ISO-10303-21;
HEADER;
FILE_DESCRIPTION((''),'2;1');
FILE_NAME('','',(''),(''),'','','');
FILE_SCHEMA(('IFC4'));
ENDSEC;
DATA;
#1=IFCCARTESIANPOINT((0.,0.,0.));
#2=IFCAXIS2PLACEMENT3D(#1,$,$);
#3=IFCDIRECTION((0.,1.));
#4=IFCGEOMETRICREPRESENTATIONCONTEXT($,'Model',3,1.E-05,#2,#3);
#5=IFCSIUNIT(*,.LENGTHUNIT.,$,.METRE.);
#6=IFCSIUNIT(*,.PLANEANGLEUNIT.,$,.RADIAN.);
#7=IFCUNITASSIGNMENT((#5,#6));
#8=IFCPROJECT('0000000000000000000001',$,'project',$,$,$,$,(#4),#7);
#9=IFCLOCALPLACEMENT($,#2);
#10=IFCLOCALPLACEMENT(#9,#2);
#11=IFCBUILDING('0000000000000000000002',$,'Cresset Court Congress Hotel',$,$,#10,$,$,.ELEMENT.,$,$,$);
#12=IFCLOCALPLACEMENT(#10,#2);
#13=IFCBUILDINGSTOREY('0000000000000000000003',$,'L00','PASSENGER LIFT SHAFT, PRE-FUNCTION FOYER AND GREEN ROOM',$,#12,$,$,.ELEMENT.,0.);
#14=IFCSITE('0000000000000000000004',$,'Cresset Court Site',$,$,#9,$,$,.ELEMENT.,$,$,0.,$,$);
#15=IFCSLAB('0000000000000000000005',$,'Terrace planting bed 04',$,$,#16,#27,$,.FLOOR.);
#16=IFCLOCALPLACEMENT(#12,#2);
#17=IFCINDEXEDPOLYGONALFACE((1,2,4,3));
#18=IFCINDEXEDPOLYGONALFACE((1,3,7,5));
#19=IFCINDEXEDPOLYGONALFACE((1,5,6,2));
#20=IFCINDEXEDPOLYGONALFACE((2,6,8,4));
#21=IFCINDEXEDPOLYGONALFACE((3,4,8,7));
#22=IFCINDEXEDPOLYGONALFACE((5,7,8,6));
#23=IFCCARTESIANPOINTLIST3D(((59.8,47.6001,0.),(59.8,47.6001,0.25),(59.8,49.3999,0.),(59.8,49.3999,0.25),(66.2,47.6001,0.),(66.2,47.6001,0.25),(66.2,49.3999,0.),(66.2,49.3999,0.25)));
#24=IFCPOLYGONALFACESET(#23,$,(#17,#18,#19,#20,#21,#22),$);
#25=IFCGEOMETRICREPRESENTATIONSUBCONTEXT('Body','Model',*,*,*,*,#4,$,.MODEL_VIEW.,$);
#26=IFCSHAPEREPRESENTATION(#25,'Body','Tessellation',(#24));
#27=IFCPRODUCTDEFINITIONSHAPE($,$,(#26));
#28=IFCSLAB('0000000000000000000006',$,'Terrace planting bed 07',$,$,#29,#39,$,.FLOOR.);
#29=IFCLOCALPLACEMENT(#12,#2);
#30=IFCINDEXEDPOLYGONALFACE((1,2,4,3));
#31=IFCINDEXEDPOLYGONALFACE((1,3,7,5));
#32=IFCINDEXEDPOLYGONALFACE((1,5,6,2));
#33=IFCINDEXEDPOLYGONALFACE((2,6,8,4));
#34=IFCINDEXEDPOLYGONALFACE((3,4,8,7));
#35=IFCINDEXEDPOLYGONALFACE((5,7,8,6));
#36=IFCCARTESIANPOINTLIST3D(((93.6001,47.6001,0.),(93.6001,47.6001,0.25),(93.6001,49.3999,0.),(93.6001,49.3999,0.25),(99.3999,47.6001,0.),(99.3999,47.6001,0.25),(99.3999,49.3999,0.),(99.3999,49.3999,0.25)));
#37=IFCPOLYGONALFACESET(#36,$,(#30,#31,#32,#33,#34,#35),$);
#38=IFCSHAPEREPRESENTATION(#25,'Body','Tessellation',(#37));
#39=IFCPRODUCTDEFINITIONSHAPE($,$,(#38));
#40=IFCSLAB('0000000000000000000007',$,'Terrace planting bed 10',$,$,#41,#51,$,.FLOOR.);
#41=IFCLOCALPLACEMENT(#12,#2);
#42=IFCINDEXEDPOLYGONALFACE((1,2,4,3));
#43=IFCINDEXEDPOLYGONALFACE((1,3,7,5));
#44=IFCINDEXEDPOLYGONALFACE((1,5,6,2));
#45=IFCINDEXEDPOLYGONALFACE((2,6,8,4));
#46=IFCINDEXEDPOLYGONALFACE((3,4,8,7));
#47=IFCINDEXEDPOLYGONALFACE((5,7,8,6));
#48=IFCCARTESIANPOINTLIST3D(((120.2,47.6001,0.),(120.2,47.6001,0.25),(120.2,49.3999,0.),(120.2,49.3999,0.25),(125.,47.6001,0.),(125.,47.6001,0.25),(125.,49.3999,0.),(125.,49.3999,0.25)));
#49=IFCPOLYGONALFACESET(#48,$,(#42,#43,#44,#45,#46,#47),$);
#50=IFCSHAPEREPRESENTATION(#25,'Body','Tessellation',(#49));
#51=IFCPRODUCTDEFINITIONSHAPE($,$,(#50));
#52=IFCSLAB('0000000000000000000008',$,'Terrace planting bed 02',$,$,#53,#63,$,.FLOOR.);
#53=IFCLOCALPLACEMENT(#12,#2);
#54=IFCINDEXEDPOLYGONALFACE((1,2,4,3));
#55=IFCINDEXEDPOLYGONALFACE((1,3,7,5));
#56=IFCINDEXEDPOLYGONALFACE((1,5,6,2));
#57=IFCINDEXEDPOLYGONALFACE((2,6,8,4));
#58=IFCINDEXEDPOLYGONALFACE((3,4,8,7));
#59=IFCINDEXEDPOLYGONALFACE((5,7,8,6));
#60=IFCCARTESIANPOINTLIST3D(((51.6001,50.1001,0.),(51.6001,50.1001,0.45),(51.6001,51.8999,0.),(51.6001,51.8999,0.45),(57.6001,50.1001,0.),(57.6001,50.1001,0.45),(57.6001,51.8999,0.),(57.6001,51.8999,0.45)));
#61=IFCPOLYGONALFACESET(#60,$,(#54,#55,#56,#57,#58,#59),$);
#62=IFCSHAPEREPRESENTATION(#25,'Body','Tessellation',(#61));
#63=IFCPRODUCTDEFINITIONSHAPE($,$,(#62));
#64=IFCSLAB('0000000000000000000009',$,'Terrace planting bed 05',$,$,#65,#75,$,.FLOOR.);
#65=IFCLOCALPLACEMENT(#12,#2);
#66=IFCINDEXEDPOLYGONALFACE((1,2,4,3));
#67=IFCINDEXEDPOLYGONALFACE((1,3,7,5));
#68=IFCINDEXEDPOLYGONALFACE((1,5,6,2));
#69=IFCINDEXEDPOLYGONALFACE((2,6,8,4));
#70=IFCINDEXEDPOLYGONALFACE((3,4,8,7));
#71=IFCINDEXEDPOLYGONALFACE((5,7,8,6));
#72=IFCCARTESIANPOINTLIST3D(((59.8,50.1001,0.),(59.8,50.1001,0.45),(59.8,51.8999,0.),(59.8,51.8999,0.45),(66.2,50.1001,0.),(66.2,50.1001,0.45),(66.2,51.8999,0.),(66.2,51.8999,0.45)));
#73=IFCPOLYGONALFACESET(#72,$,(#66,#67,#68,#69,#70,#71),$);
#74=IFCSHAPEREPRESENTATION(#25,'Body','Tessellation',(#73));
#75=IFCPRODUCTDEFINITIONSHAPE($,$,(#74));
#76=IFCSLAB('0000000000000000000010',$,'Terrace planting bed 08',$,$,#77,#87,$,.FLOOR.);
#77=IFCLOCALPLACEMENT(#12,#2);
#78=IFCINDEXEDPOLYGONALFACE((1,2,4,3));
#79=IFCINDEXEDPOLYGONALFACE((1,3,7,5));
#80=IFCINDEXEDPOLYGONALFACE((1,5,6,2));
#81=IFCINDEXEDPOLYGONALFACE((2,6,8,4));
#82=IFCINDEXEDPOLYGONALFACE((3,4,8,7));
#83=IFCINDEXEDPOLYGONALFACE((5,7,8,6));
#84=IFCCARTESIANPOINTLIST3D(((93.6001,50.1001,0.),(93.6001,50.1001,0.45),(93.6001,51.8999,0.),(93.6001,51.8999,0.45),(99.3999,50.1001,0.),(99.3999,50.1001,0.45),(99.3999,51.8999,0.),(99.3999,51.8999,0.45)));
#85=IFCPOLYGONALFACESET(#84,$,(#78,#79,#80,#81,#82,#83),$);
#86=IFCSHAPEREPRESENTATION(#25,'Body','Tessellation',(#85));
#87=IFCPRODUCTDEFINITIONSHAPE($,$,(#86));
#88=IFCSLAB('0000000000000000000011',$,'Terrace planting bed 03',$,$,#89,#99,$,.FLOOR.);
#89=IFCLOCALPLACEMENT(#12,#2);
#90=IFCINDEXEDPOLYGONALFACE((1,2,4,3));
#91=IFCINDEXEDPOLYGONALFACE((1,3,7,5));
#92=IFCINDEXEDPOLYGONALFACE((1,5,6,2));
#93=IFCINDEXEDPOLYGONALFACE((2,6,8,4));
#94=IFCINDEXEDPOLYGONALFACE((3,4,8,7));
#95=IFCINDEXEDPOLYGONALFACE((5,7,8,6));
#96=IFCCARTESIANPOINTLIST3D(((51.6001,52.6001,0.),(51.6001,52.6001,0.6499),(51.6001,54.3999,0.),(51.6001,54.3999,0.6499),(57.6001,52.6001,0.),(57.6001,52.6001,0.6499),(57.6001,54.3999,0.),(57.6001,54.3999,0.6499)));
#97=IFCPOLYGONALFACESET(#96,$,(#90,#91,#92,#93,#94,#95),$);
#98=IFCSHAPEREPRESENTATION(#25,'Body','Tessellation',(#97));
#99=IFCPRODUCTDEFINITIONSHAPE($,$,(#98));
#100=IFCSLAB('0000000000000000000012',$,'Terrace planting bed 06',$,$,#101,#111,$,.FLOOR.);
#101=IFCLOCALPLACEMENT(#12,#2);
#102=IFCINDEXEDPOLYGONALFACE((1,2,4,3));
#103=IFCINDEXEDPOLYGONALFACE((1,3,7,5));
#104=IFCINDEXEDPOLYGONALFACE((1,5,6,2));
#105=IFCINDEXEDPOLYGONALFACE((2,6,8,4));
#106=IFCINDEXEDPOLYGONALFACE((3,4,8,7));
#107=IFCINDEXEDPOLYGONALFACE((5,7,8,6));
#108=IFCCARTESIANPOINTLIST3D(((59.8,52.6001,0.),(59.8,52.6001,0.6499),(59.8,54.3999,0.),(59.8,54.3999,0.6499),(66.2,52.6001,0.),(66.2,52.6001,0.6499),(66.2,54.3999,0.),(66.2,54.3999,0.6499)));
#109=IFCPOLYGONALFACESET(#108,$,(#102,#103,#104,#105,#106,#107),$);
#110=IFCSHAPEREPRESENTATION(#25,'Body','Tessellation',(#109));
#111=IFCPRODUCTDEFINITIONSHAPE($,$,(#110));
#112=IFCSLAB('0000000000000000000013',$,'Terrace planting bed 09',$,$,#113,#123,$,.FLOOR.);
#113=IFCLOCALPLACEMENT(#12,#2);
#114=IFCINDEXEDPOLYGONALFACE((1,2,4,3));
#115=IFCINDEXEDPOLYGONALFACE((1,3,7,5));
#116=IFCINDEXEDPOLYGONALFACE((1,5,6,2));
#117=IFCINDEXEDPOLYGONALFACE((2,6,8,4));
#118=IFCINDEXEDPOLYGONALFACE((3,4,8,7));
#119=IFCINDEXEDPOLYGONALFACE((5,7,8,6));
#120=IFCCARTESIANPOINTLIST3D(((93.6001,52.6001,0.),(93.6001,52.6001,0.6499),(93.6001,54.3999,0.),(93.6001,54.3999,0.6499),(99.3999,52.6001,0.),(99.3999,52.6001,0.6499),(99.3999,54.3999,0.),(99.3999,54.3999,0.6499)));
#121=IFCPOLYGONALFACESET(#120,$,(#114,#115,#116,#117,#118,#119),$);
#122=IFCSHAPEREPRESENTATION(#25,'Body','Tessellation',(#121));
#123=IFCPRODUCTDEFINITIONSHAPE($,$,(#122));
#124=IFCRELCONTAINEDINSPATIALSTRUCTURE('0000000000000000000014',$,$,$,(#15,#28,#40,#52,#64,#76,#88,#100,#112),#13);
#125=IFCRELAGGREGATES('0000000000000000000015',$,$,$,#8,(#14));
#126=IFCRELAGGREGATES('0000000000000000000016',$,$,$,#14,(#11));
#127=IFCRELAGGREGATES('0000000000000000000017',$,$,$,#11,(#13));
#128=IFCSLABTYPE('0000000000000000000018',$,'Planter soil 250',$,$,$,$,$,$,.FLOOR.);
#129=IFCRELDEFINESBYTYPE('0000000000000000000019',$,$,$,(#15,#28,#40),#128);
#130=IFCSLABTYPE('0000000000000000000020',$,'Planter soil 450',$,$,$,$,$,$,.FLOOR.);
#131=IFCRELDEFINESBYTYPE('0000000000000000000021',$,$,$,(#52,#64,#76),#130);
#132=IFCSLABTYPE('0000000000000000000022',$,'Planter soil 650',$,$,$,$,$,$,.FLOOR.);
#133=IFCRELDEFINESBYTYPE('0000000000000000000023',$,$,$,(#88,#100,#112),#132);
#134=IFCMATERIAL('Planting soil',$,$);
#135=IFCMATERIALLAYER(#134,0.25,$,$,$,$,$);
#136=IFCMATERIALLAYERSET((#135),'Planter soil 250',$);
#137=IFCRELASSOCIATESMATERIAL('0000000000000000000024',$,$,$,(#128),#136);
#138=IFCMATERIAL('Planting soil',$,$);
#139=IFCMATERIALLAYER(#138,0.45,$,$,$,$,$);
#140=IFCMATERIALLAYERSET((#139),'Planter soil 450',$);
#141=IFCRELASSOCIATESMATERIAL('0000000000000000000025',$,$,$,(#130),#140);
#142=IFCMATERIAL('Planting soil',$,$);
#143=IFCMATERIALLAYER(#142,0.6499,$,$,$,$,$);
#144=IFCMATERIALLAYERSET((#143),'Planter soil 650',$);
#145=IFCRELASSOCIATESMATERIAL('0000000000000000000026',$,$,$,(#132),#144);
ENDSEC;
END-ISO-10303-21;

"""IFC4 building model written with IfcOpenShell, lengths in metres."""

from ifc_helpers import new_model, si_unit, direction, origin, place, context, subcontext, project, spatial, polyline, outline, extrude, material, layer, layer_set, type_object, element, save


model = new_model("IFC4")

# Units and contexts
model_context = context("Model", 3, precision=1e-05, world=origin(), true_north=direction((0.0, 1.0)))
body_context = subcontext(model_context, "Body", "Model", "MODEL_VIEW")
ifc_project = project(units=[si_unit("LENGTHUNIT", "METRE"), si_unit("PLANEANGLEUNIT", "RADIAN")], contexts=[model_context])

# Site, building, storey
site_placement = place(None, origin())
site = spatial("IfcSite", under=ifc_project, at=site_placement, Name="Cresset Court Site", CompositionType="ELEMENT", RefElevation=0.0)
building_placement = place(site_placement, origin())
building = spatial("IfcBuilding", under=site, at=building_placement, Name="Cresset Court Congress Hotel", CompositionType="ELEMENT")
storey_placement = place(building_placement, origin())
storey = spatial("IfcBuildingStorey", under=building, at=storey_placement, Name="L00", Description="PASSENGER LIFT SHAFT, PRE-FUNCTION FOYER AND GREEN ROOM", CompositionType="ELEMENT", Elevation=0.0)

# Slabs
ifc_material_1 = material(Name="Planting soil")
ifc_layer_1 = layer(ifc_material_1, 0.25)
ifc_layer_set_1 = layer_set([ifc_layer_1], Name="Planter soil 250")
slab_type_1 = type_object("IfcSlabType", Name="Planter soil 250", PredefinedType="FLOOR", material=ifc_layer_set_1)
slab_1_placement = place(storey_placement, origin())
element("IfcSlab", 1, at=slab_1_placement, inside=storey, type_object=slab_type_1, Name="Terrace planting bed 04", PredefinedType="FLOOR", context=body_context, shape_type="SweptSolid", body=[
    extrude(outline(polyline([(59.8, 47.6001), (66.2, 47.6001), (66.2, 49.3999), (59.8, 49.3999), (59.8, 47.6001)])), origin(), (0.0, 0.0, 1.0), 0.25),
])
slab_2_placement = place(storey_placement, origin())
element("IfcSlab", 2, at=slab_2_placement, inside=storey, type_object=slab_type_1, Name="Terrace planting bed 07", PredefinedType="FLOOR", context=body_context, shape_type="SweptSolid", body=[
    extrude(outline(polyline([(93.6001, 47.6001), (99.3999, 47.6001), (99.3999, 49.3999), (93.6001, 49.3999), (93.6001, 47.6001)])), origin(), (0.0, 0.0, 1.0), 0.25),
])
slab_3_placement = place(storey_placement, origin())
element("IfcSlab", 3, at=slab_3_placement, inside=storey, type_object=slab_type_1, Name="Terrace planting bed 10", PredefinedType="FLOOR", context=body_context, shape_type="SweptSolid", body=[
    extrude(outline(polyline([(120.2, 47.6001), (125.0, 47.6001), (125.0, 49.3999), (120.2, 49.3999), (120.2, 47.6001)])), origin(), (0.0, 0.0, 1.0), 0.25),
])
ifc_material_2 = material(Name="Planting soil")
ifc_layer_2 = layer(ifc_material_2, 0.45)
ifc_layer_set_2 = layer_set([ifc_layer_2], Name="Planter soil 450")
slab_type_2 = type_object("IfcSlabType", Name="Planter soil 450", PredefinedType="FLOOR", material=ifc_layer_set_2)
slab_4_placement = place(storey_placement, origin())
element("IfcSlab", 4, at=slab_4_placement, inside=storey, type_object=slab_type_2, Name="Terrace planting bed 02", PredefinedType="FLOOR", context=body_context, shape_type="SweptSolid", body=[
    extrude(outline(polyline([(51.6001, 50.1001), (57.6001, 50.1001), (57.6001, 51.8999), (51.6001, 51.8999), (51.6001, 50.1001)])), origin(), (0.0, 0.0, 1.0), 0.45),
])
slab_5_placement = place(storey_placement, origin())
element("IfcSlab", 5, at=slab_5_placement, inside=storey, type_object=slab_type_2, Name="Terrace planting bed 05", PredefinedType="FLOOR", context=body_context, shape_type="SweptSolid", body=[
    extrude(outline(polyline([(59.8, 50.1001), (66.2, 50.1001), (66.2, 51.8999), (59.8, 51.8999), (59.8, 50.1001)])), origin(), (0.0, 0.0, 1.0), 0.45),
])
slab_6_placement = place(storey_placement, origin())
element("IfcSlab", 6, at=slab_6_placement, inside=storey, type_object=slab_type_2, Name="Terrace planting bed 08", PredefinedType="FLOOR", context=body_context, shape_type="SweptSolid", body=[
    extrude(outline(polyline([(93.6001, 50.1001), (99.3999, 50.1001), (99.3999, 51.8999), (93.6001, 51.8999), (93.6001, 50.1001)])), origin(), (0.0, 0.0, 1.0), 0.45),
])
ifc_material_3 = material(Name="Planting soil")
ifc_layer_3 = layer(ifc_material_3, 0.6499)
ifc_layer_set_3 = layer_set([ifc_layer_3], Name="Planter soil 650")
slab_type_3 = type_object("IfcSlabType", Name="Planter soil 650", PredefinedType="FLOOR", material=ifc_layer_set_3)
slab_7_placement = place(storey_placement, origin())
element("IfcSlab", 7, at=slab_7_placement, inside=storey, type_object=slab_type_3, Name="Terrace planting bed 03", PredefinedType="FLOOR", context=body_context, shape_type="SweptSolid", body=[
    extrude(outline(polyline([(51.6001, 52.6001), (57.6001, 52.6001), (57.6001, 54.3999), (51.6001, 54.3999), (51.6001, 52.6001)])), origin(), (0.0, 0.0, 1.0), 0.6499),
])
slab_8_placement = place(storey_placement, origin())
element("IfcSlab", 8, at=slab_8_placement, inside=storey, type_object=slab_type_3, Name="Terrace planting bed 06", PredefinedType="FLOOR", context=body_context, shape_type="SweptSolid", body=[
    extrude(outline(polyline([(59.8, 52.6001), (66.2, 52.6001), (66.2, 54.3999), (59.8, 54.3999), (59.8, 52.6001)])), origin(), (0.0, 0.0, 1.0), 0.6499),
])
slab_9_placement = place(storey_placement, origin())
element("IfcSlab", 9, at=slab_9_placement, inside=storey, type_object=slab_type_3, Name="Terrace planting bed 09", PredefinedType="FLOOR", context=body_context, shape_type="SweptSolid", body=[
    extrude(outline(polyline([(93.6001, 52.6001), (99.3999, 52.6001), (99.3999, 54.3999), (93.6001, 54.3999), (93.6001, 52.6001)])), origin(), (0.0, 0.0, 1.0), 0.6499),
])

save(model, "model.ifc")
